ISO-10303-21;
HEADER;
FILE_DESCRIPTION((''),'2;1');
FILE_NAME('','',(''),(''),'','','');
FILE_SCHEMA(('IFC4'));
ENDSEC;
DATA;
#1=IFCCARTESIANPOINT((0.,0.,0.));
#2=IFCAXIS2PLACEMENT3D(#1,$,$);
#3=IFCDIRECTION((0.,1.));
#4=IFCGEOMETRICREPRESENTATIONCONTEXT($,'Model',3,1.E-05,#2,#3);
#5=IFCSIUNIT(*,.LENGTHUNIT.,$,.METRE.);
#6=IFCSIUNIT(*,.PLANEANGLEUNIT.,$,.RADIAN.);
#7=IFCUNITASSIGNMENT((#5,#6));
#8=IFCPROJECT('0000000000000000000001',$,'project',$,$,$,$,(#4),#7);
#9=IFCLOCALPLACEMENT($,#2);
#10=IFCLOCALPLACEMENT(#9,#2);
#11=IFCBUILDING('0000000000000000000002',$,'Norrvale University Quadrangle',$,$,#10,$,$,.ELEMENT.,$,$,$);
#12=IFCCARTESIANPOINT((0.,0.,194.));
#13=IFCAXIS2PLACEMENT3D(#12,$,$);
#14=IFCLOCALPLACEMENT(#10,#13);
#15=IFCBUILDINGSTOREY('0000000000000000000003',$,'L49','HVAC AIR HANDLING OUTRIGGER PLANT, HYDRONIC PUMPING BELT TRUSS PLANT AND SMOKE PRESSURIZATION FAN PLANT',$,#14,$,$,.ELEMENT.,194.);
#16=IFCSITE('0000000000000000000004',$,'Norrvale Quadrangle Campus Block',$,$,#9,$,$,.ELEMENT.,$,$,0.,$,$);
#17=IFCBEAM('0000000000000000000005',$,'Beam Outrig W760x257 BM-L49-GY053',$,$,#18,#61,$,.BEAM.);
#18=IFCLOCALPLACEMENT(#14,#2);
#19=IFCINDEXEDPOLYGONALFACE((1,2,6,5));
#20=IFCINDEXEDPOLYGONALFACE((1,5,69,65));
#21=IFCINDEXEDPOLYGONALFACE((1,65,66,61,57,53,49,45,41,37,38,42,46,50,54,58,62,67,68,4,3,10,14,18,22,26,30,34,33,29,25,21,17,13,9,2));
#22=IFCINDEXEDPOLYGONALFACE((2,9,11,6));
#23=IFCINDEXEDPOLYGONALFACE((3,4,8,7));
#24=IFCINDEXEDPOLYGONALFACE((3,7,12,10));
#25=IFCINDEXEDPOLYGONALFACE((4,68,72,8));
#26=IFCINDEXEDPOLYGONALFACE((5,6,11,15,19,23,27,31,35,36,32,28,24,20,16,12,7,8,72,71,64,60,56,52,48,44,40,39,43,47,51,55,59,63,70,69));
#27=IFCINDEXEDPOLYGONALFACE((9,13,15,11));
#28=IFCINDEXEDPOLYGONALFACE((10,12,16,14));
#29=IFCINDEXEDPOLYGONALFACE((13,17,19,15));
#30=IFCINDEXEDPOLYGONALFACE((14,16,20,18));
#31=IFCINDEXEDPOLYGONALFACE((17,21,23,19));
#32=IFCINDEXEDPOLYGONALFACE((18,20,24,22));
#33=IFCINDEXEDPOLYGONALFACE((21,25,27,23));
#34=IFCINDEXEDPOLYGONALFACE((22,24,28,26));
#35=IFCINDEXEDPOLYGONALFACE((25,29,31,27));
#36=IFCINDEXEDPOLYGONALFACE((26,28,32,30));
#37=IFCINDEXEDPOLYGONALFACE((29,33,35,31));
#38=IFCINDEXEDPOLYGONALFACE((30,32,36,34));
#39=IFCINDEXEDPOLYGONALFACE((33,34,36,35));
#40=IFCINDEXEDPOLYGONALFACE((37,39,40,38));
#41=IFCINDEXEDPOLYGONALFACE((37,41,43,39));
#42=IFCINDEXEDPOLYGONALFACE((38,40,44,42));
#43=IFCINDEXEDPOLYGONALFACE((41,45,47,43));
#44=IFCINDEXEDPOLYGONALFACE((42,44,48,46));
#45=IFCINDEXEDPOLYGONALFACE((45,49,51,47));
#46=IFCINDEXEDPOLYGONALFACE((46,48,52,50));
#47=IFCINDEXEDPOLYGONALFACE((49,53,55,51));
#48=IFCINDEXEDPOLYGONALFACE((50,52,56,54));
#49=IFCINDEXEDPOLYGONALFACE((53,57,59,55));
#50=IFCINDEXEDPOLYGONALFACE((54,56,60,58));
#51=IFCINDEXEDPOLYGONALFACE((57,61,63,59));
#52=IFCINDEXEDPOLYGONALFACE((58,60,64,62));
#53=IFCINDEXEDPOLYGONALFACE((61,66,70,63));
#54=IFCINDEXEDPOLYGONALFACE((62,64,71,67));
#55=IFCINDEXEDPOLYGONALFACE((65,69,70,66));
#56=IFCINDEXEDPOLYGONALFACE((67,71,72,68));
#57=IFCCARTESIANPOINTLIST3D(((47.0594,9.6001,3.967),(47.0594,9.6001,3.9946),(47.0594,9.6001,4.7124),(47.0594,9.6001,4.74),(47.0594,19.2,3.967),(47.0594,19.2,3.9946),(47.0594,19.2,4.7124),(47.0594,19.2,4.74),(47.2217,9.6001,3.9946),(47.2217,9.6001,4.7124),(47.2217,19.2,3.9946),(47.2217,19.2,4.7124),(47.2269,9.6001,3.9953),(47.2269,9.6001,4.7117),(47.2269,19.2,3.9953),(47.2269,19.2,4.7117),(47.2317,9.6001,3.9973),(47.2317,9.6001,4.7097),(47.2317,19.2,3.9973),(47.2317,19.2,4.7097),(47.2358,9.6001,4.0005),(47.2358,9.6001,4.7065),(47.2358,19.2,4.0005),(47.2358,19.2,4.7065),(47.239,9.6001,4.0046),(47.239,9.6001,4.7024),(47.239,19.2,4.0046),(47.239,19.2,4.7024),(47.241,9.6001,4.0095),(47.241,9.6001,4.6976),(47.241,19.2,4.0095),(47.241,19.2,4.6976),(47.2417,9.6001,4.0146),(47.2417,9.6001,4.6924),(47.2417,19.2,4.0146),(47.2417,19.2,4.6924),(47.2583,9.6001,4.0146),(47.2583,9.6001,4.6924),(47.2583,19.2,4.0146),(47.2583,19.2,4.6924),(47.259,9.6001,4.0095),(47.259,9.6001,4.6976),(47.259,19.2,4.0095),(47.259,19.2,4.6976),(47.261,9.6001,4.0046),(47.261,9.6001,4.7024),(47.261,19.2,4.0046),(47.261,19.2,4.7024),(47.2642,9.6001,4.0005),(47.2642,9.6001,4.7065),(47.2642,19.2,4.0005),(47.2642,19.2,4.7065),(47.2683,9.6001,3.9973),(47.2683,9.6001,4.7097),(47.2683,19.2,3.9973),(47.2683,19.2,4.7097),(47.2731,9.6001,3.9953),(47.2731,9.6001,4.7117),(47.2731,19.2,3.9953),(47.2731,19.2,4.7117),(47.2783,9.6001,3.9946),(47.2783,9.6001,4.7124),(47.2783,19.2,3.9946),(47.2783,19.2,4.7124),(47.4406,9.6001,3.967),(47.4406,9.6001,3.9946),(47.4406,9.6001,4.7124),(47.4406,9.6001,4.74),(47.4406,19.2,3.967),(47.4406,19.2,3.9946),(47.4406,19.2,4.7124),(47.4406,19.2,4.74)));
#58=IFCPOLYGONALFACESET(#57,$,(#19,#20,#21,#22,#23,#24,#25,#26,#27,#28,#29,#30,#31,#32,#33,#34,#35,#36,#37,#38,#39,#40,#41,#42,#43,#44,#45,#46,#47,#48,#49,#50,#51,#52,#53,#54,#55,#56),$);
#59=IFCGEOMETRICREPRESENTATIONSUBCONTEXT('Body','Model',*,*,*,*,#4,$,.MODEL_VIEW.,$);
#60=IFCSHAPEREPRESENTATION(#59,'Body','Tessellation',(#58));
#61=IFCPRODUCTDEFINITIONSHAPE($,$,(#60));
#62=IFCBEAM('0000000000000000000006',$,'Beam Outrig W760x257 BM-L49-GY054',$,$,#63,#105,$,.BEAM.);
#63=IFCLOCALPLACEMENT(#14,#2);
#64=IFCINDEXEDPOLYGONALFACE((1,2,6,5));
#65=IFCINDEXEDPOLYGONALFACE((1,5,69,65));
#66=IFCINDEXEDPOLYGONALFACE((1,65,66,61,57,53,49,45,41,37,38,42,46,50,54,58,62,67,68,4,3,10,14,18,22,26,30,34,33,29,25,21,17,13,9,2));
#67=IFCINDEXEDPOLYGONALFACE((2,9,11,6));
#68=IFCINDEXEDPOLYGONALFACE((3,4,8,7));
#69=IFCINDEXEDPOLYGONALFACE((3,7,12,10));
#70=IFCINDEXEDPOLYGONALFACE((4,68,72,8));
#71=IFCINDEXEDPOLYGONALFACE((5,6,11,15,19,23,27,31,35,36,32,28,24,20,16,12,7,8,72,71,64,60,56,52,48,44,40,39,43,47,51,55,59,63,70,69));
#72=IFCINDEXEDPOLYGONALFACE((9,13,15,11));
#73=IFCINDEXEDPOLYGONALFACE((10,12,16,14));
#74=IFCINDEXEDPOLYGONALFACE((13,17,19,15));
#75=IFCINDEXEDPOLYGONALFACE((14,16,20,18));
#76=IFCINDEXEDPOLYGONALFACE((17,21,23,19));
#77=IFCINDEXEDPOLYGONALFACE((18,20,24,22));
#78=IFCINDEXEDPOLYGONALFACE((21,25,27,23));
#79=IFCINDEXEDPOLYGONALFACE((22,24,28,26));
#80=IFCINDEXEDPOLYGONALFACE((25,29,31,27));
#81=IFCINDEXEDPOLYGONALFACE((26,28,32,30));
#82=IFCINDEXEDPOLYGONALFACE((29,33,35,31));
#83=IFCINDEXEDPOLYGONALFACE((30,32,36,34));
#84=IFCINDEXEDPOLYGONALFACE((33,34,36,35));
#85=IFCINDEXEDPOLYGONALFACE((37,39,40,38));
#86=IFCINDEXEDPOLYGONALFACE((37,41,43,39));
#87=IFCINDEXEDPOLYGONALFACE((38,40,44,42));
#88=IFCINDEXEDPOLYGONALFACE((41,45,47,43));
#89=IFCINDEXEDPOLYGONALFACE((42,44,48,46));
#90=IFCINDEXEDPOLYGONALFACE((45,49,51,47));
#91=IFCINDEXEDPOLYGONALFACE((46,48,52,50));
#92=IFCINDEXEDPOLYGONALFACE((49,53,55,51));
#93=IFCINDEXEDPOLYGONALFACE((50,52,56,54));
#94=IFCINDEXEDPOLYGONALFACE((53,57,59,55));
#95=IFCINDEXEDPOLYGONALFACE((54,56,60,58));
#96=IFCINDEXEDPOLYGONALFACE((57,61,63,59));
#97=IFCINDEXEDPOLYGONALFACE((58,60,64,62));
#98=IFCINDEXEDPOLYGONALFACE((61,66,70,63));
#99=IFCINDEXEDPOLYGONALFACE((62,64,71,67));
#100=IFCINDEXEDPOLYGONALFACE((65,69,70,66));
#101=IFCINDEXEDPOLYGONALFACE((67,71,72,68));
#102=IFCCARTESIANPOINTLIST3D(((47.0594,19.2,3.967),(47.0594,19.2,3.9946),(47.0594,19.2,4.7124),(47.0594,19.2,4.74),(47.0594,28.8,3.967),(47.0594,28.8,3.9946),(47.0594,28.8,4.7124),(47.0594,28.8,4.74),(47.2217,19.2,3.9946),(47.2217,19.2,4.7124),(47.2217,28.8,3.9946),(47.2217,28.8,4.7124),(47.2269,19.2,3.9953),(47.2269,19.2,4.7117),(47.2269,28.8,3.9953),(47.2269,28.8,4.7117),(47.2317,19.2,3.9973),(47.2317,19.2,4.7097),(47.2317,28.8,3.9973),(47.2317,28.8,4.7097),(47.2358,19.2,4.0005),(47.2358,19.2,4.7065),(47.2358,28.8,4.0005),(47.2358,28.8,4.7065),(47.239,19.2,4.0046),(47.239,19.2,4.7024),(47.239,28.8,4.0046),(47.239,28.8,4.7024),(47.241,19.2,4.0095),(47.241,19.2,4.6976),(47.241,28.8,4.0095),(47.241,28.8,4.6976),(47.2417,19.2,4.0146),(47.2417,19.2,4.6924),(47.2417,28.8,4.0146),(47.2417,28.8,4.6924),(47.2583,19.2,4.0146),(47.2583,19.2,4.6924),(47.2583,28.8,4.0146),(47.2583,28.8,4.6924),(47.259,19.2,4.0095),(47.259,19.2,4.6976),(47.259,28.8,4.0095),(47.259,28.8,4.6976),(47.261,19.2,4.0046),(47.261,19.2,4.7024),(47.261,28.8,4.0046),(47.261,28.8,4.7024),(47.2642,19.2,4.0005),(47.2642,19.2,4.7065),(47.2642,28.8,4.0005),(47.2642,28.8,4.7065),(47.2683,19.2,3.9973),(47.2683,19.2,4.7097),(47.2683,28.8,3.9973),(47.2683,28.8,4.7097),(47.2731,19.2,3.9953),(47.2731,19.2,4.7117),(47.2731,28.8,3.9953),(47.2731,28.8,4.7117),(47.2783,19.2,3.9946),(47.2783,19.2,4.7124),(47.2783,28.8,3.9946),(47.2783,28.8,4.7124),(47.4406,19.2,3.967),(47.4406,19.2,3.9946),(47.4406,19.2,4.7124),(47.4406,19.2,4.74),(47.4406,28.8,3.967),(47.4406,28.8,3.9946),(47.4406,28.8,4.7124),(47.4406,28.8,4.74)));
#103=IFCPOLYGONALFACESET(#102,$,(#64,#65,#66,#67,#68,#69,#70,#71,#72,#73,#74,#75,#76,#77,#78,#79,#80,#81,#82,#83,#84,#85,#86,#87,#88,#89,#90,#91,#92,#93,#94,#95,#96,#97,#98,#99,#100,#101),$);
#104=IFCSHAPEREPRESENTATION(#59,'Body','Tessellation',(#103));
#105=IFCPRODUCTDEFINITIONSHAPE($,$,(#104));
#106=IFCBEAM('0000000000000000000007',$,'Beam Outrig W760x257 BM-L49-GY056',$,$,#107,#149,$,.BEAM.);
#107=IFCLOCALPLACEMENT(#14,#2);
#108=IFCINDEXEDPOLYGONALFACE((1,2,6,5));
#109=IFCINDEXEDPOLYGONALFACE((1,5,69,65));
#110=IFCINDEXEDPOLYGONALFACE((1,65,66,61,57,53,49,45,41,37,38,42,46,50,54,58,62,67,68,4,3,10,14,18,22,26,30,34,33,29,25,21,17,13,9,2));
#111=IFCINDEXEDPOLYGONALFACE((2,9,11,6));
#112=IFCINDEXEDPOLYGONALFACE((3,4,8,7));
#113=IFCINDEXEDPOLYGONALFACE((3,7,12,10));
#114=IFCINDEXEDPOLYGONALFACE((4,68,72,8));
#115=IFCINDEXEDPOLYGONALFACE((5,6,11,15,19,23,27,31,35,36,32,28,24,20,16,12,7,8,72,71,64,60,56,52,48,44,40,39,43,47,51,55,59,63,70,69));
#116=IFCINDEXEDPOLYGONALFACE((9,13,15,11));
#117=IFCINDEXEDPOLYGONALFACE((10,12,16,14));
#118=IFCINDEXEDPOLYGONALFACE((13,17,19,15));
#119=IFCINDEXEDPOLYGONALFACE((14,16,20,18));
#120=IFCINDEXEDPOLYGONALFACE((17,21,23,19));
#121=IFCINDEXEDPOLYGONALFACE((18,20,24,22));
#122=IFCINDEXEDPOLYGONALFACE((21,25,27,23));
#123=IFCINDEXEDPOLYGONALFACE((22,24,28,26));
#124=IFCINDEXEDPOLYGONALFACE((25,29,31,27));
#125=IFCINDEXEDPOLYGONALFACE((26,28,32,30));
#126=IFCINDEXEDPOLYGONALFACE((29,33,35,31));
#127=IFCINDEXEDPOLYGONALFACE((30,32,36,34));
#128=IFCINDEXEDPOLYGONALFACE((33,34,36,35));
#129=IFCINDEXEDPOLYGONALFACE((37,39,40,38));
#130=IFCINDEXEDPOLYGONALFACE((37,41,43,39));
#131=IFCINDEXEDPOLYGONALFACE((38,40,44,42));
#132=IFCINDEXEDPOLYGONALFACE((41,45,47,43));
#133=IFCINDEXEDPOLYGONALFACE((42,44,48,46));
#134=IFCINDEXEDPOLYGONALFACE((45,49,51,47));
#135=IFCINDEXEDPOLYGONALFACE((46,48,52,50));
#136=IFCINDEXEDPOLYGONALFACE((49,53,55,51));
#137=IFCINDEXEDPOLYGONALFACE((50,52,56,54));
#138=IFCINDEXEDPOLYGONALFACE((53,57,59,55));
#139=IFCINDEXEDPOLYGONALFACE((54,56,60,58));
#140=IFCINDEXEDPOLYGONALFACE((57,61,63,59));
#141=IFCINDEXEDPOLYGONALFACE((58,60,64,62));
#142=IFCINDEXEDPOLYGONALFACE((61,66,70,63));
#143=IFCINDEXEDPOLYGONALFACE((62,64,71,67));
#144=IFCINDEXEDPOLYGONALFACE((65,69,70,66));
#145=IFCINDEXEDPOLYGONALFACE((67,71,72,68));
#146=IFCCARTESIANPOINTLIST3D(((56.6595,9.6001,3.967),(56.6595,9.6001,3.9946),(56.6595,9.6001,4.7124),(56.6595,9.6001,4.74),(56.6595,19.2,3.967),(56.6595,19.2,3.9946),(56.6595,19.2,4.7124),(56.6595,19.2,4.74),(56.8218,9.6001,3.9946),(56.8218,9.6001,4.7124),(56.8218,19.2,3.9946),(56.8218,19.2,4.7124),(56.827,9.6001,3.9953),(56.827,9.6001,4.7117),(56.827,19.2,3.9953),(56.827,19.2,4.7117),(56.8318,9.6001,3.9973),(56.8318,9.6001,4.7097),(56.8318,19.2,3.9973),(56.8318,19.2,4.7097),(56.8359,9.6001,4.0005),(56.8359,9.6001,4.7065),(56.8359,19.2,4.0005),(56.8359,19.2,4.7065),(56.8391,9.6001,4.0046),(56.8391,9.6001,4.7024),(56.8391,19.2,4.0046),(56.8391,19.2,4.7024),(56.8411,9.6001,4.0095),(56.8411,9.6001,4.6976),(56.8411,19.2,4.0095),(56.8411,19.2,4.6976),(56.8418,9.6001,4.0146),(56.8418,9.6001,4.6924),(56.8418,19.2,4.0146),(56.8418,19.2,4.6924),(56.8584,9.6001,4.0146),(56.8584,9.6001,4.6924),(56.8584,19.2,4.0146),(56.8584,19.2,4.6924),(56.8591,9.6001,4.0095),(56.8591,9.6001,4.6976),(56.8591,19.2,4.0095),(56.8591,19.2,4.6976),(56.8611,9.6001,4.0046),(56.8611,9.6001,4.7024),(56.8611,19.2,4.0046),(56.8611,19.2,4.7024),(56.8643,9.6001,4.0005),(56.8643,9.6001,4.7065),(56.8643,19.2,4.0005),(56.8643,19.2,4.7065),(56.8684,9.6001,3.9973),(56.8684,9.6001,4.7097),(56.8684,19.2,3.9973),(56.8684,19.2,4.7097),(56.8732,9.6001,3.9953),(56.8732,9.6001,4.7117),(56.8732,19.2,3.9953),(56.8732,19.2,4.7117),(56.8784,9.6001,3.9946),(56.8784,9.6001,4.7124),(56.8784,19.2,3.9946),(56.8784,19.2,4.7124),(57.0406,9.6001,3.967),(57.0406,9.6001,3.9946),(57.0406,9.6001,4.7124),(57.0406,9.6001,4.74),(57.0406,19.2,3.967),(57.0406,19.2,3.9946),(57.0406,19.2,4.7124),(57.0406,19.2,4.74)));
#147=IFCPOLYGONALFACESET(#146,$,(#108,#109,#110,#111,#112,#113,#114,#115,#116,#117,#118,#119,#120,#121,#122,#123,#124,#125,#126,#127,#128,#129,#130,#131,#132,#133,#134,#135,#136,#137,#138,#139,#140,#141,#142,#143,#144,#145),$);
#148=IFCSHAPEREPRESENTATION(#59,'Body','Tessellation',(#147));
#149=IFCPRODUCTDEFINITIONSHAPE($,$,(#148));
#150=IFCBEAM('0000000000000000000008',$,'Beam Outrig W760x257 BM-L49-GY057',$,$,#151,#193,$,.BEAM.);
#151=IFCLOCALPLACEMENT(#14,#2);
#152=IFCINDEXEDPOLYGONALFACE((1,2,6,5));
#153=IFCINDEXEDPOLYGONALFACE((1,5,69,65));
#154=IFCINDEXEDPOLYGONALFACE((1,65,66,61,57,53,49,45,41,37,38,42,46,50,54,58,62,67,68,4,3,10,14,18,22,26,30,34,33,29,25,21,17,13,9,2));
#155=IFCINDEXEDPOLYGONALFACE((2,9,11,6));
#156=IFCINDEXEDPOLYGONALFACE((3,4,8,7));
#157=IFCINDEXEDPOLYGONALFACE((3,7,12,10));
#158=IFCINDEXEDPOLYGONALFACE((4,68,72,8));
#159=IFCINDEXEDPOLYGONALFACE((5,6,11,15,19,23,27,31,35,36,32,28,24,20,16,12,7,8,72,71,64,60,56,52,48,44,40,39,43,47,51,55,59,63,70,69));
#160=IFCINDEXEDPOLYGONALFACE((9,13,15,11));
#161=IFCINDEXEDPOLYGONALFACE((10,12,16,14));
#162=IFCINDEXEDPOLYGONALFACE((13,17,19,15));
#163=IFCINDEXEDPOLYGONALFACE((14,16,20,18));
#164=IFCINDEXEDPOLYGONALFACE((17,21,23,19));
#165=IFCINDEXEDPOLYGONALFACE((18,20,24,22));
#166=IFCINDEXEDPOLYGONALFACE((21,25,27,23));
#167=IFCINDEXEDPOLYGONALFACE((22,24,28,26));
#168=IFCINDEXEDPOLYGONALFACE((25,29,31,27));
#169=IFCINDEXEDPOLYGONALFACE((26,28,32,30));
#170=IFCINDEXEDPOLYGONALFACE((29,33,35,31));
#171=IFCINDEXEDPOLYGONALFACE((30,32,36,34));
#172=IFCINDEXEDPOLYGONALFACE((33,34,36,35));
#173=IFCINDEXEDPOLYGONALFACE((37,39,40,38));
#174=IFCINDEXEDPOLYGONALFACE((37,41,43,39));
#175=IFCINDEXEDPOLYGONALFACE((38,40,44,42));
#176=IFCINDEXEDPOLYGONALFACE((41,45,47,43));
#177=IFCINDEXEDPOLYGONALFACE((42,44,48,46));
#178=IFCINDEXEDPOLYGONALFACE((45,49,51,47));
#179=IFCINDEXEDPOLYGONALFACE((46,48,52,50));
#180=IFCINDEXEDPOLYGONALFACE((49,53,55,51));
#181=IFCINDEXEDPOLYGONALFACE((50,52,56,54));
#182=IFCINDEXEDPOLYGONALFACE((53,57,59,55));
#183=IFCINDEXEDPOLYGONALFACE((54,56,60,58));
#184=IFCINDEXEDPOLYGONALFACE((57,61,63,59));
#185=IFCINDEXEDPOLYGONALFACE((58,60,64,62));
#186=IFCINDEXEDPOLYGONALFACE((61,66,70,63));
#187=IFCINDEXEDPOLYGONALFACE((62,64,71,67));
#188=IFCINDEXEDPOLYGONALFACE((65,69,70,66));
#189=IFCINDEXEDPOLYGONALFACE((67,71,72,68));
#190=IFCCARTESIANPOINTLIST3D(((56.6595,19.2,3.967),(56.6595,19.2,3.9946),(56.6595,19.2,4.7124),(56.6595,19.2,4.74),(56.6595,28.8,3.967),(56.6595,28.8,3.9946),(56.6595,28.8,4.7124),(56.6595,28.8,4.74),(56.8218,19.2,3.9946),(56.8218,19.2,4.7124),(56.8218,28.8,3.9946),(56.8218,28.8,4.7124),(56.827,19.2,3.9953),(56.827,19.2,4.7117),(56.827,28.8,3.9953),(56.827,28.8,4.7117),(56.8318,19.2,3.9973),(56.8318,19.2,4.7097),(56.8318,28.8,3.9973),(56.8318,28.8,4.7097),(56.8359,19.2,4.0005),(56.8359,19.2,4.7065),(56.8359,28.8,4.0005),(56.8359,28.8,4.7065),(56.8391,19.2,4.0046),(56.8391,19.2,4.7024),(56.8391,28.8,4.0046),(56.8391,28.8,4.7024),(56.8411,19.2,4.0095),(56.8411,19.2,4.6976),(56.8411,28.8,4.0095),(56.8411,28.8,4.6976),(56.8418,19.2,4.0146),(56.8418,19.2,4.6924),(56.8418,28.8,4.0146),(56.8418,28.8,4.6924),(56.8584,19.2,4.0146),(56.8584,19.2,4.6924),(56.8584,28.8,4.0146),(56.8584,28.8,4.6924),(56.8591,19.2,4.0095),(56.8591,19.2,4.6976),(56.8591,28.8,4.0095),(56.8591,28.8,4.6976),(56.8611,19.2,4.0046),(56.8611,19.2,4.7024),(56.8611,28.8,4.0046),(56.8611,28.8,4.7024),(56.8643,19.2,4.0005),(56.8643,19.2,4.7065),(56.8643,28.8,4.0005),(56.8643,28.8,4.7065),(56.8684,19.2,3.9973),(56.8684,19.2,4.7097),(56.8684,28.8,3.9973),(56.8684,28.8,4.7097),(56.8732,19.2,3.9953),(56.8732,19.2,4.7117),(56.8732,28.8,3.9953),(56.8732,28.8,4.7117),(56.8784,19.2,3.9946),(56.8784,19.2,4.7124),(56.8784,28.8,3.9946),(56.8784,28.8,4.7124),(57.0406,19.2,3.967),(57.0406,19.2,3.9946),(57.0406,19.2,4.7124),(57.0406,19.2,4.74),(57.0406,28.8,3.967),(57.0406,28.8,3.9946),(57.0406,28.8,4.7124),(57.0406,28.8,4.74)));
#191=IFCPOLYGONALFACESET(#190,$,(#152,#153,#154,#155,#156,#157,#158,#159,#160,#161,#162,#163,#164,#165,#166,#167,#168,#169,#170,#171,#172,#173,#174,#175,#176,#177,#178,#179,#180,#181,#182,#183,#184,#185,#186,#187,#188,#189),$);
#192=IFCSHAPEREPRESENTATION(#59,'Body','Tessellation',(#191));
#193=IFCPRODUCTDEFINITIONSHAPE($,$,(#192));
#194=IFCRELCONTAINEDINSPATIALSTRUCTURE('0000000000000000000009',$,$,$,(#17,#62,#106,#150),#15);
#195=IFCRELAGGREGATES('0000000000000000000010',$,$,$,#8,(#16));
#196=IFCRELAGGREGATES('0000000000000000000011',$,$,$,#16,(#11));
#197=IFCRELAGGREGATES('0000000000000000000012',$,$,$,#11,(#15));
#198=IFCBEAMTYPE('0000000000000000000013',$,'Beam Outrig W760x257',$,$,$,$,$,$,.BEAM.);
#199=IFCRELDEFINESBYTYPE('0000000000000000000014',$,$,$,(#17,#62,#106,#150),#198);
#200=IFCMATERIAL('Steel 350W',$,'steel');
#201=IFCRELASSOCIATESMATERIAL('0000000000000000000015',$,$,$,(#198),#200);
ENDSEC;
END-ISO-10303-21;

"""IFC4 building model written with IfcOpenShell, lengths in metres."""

from ifc_helpers import new_model, si_unit, direction, frame, origin, origin_2d, place, context, subcontext, project, spatial, i_section, extrude, material, material_profile, profile_set, type_object, element, save


model = new_model("IFC4")

# Units and contexts
model_context = context("Model", 3, precision=1e-05, world=origin(), true_north=direction((0.0, 1.0)))
body_context = subcontext(model_context, "Body", "Model", "MODEL_VIEW")
ifc_project = project(units=[si_unit("LENGTHUNIT", "METRE"), si_unit("PLANEANGLEUNIT", "RADIAN")], contexts=[model_context])

# Site, building, storey
site_placement = place(None, origin())
site = spatial("IfcSite", under=ifc_project, at=site_placement, Name="Norrvale Quadrangle Campus Block", CompositionType="ELEMENT", RefElevation=0.0)
building_placement = place(site_placement, origin())
building = spatial("IfcBuilding", under=site, at=building_placement, Name="Norrvale University Quadrangle", CompositionType="ELEMENT")
storey_placement = place(building_placement, frame((0.0, 0.0, 194.0)))
storey = spatial("IfcBuildingStorey", under=building, at=storey_placement, Name="L49", Description="HVAC AIR HANDLING OUTRIGGER PLANT, HYDRONIC PUMPING BELT TRUSS PLANT AND SMOKE PRESSURIZATION FAN PLANT", CompositionType="ELEMENT", Elevation=194.0)

# Beams
ifc_material_1 = material(Name="Steel 350W", Category="steel")
ifc_material_profile_1 = material_profile(ifc_material_1, i_section(OverallWidth=0.3811, OverallDepth=0.7729, WebThickness=0.0166, FlangeThickness=0.0276, FilletRadius=0.02, at=origin_2d()), Name="Steel 350W")
ifc_profile_set_1 = profile_set([ifc_material_profile_1], Name="Steel 350W")
beam_type_1 = type_object("IfcBeamType", Name="Beam Outrig W760x257", PredefinedType="BEAM", material=ifc_profile_set_1)
beam_1_placement = place(storey_placement, frame((47.25, 9.6001, 4.3535), z_axis=(0.0, 1.0, 0.0), x_axis=(-1.0, 0.0, 0.0)))
element("IfcBeam", 1, at=beam_1_placement, inside=storey, type_object=beam_type_1, Name="Beam Outrig W760x257 BM-L49-GY053", PredefinedType="BEAM", context=body_context, shape_type="SweptSolid", body=[
    extrude(i_section(OverallWidth=0.3811, OverallDepth=0.7729, WebThickness=0.0166, FlangeThickness=0.0276, FilletRadius=0.02, at=origin_2d()), origin(), (0.0, 0.0, 1.0), 9.5999),
])
beam_2_placement = place(storey_placement, frame((47.25, 19.2, 4.3535), z_axis=(0.0, 1.0, 0.0), x_axis=(-1.0, 0.0, 0.0)))
element("IfcBeam", 2, at=beam_2_placement, inside=storey, type_object=beam_type_1, Name="Beam Outrig W760x257 BM-L49-GY054", PredefinedType="BEAM", context=body_context, shape_type="SweptSolid", body=[
    extrude(i_section(OverallWidth=0.3811, OverallDepth=0.7729, WebThickness=0.0166, FlangeThickness=0.0276, FilletRadius=0.02, at=origin_2d()), origin(), (0.0, 0.0, 1.0), 9.6001),
])
beam_3_placement = place(storey_placement, frame((56.8501, 9.6001, 4.3535), z_axis=(0.0, 1.0, 0.0), x_axis=(-1.0, 0.0, 0.0)))
element("IfcBeam", 3, at=beam_3_placement, inside=storey, type_object=beam_type_1, Name="Beam Outrig W760x257 BM-L49-GY056", PredefinedType="BEAM", context=body_context, shape_type="SweptSolid", body=[
    extrude(i_section(OverallWidth=0.3811, OverallDepth=0.7729, WebThickness=0.0166, FlangeThickness=0.0276, FilletRadius=0.02, at=origin_2d()), origin(), (0.0, 0.0, 1.0), 9.5999),
])
beam_4_placement = place(storey_placement, frame((56.8501, 19.2, 4.3535), z_axis=(0.0, 1.0, 0.0), x_axis=(-1.0, 0.0, 0.0)))
element("IfcBeam", 4, at=beam_4_placement, inside=storey, type_object=beam_type_1, Name="Beam Outrig W760x257 BM-L49-GY057", PredefinedType="BEAM", context=body_context, shape_type="SweptSolid", body=[
    extrude(i_section(OverallWidth=0.3811, OverallDepth=0.7729, WebThickness=0.0166, FlangeThickness=0.0276, FilletRadius=0.02, at=origin_2d()), origin(), (0.0, 0.0, 1.0), 9.6001),
])

save(model, "model.ifc")
